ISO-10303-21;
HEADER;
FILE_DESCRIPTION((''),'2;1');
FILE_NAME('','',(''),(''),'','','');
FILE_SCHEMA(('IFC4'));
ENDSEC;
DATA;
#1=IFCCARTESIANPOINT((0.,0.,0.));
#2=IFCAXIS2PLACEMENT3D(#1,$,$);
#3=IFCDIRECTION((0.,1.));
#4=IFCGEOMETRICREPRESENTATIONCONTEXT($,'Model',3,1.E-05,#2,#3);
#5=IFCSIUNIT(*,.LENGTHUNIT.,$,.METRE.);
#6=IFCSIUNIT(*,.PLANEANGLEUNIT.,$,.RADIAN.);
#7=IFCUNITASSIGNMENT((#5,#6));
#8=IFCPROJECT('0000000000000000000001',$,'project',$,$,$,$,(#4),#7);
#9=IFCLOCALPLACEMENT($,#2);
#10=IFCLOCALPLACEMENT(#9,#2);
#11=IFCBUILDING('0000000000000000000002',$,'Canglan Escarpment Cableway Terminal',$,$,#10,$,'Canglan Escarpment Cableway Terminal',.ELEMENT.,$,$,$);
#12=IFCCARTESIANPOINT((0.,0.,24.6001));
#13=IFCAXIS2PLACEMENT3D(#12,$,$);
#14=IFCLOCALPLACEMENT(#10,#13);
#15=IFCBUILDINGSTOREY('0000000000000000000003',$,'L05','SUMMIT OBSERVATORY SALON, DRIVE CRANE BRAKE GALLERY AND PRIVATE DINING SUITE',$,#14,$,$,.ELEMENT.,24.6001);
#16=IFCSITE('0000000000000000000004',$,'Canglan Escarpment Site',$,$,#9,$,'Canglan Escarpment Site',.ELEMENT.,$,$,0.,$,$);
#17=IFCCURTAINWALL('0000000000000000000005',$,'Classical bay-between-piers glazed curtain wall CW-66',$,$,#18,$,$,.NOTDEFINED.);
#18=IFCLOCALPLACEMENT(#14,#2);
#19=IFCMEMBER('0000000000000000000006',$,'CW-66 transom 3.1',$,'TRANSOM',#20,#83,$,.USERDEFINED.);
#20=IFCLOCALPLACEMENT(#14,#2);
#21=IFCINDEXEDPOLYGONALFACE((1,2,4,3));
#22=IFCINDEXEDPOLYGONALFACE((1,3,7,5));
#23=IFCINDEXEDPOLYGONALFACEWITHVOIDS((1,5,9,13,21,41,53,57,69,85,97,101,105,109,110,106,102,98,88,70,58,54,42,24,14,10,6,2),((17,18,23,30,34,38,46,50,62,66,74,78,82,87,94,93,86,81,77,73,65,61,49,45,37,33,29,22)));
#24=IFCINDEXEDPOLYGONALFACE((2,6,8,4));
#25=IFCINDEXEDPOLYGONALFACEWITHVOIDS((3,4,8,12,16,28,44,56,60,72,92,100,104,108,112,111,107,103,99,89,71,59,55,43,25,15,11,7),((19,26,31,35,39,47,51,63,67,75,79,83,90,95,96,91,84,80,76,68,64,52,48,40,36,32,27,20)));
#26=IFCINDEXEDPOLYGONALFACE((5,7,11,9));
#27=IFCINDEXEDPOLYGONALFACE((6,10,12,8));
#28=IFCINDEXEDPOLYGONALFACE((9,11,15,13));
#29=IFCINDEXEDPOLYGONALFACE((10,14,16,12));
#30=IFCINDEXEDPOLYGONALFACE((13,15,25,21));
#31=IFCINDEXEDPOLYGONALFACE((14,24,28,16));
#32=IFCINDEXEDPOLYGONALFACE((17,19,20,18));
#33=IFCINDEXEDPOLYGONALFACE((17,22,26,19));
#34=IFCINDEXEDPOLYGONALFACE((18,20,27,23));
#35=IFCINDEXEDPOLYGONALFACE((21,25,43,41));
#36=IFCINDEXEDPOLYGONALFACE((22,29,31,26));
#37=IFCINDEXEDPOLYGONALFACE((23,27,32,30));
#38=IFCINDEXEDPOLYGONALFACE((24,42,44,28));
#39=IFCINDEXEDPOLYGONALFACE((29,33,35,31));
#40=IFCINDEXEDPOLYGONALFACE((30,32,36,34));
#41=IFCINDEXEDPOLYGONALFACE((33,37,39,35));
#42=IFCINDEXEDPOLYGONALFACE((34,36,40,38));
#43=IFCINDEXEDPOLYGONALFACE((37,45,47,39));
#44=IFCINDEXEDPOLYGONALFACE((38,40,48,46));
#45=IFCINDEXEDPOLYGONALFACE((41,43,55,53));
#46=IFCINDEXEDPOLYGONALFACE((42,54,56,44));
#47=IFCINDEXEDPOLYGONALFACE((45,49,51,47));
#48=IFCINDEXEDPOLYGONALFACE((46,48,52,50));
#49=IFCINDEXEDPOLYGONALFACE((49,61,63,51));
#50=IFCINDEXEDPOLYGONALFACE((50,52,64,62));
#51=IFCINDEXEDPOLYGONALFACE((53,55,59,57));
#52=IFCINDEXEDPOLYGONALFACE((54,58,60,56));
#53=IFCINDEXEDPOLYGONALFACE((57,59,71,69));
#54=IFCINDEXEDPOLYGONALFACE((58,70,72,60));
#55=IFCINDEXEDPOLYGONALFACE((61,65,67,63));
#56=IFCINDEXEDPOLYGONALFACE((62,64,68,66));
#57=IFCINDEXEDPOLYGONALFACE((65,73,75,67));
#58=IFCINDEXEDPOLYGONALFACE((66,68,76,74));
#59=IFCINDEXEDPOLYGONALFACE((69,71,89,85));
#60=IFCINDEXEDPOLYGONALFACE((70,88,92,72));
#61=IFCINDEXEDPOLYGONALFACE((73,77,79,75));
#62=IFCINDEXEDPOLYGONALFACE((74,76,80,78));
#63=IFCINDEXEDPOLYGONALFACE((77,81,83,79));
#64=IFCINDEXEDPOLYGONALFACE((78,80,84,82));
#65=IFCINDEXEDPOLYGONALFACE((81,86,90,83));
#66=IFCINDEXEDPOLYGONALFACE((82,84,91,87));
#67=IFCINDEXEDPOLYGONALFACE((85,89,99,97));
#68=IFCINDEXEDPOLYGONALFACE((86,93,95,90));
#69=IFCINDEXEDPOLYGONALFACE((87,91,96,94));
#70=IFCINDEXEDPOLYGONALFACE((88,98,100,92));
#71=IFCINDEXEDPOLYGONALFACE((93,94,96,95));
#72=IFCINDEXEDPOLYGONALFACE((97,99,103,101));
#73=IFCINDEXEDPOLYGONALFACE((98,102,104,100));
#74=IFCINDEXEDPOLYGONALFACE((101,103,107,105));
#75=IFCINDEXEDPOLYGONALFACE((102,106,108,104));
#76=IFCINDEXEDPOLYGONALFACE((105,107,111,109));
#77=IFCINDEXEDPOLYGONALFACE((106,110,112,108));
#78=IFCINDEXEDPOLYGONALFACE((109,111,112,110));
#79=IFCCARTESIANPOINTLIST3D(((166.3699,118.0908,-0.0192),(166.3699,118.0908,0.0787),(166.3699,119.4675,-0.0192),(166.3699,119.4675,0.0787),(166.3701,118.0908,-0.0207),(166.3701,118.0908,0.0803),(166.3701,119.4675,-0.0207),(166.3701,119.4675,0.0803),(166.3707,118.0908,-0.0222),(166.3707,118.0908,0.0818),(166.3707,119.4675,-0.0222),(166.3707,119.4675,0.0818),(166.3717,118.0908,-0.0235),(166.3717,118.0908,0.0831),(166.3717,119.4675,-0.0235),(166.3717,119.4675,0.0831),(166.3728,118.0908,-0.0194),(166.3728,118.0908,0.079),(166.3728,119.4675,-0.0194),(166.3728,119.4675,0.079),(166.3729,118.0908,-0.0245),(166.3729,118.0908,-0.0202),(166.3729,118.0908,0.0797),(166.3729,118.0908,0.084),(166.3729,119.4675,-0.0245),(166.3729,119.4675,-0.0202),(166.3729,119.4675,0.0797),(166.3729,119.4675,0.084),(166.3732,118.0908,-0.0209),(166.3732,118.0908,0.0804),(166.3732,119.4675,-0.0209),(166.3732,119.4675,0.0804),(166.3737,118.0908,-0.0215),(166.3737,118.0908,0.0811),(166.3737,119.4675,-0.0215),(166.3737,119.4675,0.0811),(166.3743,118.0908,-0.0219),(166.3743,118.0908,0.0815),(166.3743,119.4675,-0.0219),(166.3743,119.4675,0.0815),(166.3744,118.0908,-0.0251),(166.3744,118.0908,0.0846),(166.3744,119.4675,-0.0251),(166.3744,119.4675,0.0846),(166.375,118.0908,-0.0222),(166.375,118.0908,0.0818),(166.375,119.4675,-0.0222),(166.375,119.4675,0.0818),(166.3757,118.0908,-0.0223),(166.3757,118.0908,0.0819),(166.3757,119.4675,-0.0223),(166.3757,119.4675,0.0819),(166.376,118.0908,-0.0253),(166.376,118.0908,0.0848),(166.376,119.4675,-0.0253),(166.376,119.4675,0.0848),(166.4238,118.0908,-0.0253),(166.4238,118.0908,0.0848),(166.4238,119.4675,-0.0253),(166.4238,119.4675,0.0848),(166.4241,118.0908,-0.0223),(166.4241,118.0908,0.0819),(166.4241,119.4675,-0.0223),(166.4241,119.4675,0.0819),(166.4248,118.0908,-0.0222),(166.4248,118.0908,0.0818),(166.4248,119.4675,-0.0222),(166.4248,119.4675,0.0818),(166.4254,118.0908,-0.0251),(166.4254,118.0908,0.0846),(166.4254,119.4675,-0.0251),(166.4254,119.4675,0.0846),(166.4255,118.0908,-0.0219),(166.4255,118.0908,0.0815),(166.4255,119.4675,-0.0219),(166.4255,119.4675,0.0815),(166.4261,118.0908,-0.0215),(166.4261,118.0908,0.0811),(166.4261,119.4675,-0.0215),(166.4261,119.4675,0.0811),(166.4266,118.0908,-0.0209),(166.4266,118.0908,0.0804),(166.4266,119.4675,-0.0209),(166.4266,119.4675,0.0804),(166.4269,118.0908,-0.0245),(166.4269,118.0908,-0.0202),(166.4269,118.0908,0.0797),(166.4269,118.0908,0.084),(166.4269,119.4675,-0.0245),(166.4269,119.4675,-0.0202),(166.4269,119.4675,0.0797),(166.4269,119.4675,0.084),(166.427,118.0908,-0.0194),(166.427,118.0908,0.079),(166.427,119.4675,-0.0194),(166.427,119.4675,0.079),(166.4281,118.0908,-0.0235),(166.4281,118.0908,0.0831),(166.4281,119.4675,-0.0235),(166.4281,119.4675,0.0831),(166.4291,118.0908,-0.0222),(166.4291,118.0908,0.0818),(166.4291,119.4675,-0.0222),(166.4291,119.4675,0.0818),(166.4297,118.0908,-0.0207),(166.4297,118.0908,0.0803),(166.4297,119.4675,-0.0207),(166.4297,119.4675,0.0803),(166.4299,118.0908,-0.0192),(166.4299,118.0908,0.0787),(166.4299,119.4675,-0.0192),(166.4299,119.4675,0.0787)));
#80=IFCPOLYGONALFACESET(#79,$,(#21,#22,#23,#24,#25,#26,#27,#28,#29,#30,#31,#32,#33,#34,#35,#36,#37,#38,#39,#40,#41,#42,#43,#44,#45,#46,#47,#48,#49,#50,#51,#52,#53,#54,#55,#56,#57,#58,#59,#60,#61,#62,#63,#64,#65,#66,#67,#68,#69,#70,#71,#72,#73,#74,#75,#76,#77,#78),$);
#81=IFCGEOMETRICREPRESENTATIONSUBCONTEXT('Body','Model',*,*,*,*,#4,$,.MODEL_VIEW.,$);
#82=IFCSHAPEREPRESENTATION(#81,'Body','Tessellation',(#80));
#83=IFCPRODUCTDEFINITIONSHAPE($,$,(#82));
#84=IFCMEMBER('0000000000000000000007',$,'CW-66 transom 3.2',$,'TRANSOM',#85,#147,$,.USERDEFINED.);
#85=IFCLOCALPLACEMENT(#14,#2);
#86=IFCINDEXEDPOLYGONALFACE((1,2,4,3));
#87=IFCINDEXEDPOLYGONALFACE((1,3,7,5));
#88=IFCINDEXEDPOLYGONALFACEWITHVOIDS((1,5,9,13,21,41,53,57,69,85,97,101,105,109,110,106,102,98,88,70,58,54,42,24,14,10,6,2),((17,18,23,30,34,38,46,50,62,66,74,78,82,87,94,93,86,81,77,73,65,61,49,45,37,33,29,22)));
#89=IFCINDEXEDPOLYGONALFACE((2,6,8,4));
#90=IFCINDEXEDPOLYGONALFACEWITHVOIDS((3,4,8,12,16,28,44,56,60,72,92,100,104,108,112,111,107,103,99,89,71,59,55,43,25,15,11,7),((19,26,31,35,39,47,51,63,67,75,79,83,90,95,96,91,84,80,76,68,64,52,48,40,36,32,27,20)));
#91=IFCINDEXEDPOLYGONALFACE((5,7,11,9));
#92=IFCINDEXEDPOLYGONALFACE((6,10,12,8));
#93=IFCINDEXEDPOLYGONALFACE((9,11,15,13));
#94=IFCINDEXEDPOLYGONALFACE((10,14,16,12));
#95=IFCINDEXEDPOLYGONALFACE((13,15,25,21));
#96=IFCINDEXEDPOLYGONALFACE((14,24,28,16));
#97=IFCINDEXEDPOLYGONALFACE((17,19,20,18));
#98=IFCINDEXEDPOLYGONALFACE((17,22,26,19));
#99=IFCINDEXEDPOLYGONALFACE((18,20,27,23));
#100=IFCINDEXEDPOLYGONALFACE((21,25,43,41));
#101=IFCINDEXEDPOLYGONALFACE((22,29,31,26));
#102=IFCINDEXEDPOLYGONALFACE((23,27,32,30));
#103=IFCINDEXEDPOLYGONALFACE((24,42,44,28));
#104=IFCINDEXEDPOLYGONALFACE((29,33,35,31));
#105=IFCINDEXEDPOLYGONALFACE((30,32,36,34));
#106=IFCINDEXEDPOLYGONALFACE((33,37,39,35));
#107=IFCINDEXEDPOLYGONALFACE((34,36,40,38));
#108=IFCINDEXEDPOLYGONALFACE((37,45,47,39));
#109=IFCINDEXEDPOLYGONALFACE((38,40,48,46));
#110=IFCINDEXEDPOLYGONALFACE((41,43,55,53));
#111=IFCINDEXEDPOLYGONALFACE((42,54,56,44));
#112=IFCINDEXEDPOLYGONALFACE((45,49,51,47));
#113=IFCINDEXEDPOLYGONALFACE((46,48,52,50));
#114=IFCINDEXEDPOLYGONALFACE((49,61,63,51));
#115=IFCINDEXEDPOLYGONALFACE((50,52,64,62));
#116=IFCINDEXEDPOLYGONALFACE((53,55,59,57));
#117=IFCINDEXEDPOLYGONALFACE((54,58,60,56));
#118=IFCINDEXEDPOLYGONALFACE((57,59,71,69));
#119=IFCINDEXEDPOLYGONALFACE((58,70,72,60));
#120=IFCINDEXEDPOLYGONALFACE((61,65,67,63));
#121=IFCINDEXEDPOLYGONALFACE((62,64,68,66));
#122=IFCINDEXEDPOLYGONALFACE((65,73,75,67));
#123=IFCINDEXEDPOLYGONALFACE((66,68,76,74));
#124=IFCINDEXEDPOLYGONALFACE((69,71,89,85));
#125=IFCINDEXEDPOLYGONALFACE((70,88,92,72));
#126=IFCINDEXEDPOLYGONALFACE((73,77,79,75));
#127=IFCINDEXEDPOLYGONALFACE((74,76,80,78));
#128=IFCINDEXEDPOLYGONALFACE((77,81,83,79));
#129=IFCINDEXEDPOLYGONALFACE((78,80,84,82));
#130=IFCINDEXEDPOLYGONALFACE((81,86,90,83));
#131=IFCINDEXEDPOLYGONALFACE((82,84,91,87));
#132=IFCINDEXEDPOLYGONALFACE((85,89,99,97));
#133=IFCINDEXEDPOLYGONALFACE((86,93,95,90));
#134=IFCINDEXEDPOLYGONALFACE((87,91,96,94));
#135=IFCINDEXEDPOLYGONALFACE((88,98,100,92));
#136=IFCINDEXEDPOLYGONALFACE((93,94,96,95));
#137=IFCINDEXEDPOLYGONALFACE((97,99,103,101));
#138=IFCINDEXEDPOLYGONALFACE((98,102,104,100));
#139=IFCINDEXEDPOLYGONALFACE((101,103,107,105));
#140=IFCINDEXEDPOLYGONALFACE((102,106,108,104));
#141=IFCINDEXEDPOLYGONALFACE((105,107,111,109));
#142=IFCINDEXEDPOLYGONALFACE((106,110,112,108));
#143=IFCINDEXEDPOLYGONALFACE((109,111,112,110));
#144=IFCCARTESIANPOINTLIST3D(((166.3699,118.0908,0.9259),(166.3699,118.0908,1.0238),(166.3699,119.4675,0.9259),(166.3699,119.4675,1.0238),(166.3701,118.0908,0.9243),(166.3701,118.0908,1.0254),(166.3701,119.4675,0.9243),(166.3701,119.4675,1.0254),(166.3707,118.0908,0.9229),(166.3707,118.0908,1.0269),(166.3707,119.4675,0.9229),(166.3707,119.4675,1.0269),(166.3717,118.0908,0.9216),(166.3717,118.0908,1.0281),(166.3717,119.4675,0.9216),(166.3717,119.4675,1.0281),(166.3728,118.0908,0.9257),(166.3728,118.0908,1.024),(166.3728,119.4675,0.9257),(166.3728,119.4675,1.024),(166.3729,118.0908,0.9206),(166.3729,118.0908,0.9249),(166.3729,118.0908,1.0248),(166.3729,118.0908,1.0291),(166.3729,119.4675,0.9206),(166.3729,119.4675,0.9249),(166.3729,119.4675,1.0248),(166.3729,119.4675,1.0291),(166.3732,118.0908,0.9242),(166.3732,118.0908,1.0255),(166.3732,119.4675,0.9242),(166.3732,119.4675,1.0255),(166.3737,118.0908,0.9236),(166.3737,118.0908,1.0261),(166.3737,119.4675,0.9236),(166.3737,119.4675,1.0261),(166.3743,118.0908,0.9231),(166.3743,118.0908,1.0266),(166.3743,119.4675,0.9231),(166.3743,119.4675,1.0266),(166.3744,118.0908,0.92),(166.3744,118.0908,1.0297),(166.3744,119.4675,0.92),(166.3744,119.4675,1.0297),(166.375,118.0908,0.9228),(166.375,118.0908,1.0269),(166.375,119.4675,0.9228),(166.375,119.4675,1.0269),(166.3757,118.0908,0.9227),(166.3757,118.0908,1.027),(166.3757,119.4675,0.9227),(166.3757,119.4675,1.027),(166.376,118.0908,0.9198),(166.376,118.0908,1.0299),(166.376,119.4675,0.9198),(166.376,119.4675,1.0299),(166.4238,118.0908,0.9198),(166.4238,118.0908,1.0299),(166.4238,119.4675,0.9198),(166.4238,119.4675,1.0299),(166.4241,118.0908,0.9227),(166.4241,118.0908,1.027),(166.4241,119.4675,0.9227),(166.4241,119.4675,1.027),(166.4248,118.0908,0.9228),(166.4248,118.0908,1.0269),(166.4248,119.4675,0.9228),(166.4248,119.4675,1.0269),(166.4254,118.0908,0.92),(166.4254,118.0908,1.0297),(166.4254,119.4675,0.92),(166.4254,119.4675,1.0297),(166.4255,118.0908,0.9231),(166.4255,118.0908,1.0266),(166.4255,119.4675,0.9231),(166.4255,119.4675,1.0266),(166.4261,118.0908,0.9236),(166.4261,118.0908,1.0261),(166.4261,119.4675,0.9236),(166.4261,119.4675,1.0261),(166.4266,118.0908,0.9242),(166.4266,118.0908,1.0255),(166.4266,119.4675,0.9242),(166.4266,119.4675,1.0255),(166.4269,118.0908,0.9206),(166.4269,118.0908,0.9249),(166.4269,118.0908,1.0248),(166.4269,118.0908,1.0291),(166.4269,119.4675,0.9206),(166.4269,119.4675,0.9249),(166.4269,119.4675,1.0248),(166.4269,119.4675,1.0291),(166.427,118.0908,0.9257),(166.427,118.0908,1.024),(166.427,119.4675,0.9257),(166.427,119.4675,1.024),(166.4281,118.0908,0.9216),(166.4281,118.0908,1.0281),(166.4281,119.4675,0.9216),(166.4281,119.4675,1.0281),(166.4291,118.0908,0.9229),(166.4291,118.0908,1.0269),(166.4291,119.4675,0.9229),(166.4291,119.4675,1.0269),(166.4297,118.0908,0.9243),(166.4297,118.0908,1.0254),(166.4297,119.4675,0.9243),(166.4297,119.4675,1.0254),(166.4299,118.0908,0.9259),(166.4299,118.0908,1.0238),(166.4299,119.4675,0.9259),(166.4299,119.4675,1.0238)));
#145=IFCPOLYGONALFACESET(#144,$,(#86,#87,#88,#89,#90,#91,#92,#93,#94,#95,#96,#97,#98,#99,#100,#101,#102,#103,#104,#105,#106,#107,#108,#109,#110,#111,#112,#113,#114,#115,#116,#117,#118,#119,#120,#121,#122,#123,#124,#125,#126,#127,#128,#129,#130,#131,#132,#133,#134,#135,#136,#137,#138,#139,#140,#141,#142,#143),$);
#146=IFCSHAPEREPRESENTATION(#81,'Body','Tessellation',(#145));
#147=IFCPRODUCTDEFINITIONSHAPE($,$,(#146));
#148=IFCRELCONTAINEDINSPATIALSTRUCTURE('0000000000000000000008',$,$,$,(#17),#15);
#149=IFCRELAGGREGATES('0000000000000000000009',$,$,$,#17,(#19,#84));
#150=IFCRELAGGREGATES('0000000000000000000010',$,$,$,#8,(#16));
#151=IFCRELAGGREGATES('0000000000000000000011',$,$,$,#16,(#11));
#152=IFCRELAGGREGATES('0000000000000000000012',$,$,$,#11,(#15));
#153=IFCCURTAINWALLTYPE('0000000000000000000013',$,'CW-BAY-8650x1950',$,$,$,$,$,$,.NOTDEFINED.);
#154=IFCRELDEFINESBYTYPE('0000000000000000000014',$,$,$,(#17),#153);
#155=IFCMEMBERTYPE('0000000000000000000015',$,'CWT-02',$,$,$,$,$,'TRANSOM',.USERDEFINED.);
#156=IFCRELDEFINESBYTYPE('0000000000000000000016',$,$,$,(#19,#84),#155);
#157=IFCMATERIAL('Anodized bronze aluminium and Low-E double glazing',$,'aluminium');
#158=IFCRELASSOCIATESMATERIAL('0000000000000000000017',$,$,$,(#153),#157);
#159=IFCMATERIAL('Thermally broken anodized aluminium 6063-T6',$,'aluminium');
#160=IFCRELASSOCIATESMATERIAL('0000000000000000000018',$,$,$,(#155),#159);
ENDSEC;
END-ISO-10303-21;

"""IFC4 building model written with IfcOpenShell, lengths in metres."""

from ifc_helpers import new_model, si_unit, direction, frame, origin, origin_2d, place, context, subcontext, project, spatial, hollow_rectangle, extrude, material, material_profile, profile_set, type_object, element, aggregate, save


model = new_model("IFC4")

# Units and contexts
model_context = context("Model", 3, precision=1e-05, world=origin(), true_north=direction((0.0, 1.0)))
body_context = subcontext(model_context, "Body", "Model", "MODEL_VIEW")
ifc_project = project(units=[si_unit("LENGTHUNIT", "METRE"), si_unit("PLANEANGLEUNIT", "RADIAN")], contexts=[model_context])

# Site, building, storey
site_placement = place(None, origin())
site = spatial("IfcSite", under=ifc_project, at=site_placement, Name="Canglan Escarpment Site", LongName="Canglan Escarpment Site", CompositionType="ELEMENT", RefElevation=0.0)
building_placement = place(site_placement, origin())
building = spatial("IfcBuilding", under=site, at=building_placement, Name="Canglan Escarpment Cableway Terminal", LongName="Canglan Escarpment Cableway Terminal", CompositionType="ELEMENT")
storey_placement = place(building_placement, frame((0.0, 0.0, 24.6001)))
storey = spatial("IfcBuildingStorey", under=building, at=storey_placement, Name="L05", Description="SUMMIT OBSERVATORY SALON, DRIVE CRANE BRAKE GALLERY AND PRIVATE DINING SUITE", CompositionType="ELEMENT", Elevation=24.6001)

# Curtain wall, members
ifc_material_1 = material(Name="Anodized bronze aluminium and Low-E double glazing", Category="aluminium")
curtain_wall_type = type_object("IfcCurtainWallType", Name="CW-BAY-8650x1950", PredefinedType="NOTDEFINED", material=ifc_material_1)
curtain_wall_placement = place(storey_placement, origin())
curtain_wall = element("IfcCurtainWall", 1, at=curtain_wall_placement, inside=storey, type_object=curtain_wall_type, Name="Classical bay-between-piers glazed curtain wall CW-66", PredefinedType="NOTDEFINED")
ifc_material_2 = material(Name="Thermally broken anodized aluminium 6063-T6", Category="aluminium")
ifc_material_profile_1 = material_profile(ifc_material_2, hollow_rectangle(XDim=0.0601, YDim=0.1101, WallThickness=0.0029, InnerFilletRadius=0.0029, OuterFilletRadius=0.0061, at=origin_2d()), Name="ALU-TRAN 60x110x3")
ifc_profile_set_1 = profile_set([ifc_material_profile_1], Name="Thermally broken anodized aluminium 6063-T6")
member_type_1 = type_object("IfcMemberType", Name="CWT-02", ElementType="TRANSOM", PredefinedType="USERDEFINED", material=ifc_profile_set_1)
member_1_placement = place(storey_placement, frame((166.3999, 118.0908, 0.0298), z_axis=(0.0, 1.0, 0.0), x_axis=(-1.0, 0.0, 0.0)))
member_1 = element("IfcMember", 2, at=member_1_placement, type_object=member_type_1, Name="CW-66 transom 3.1", ObjectType="TRANSOM", PredefinedType="USERDEFINED", context=body_context, shape_type="SweptSolid", body=[
    extrude(hollow_rectangle(XDim=0.0601, YDim=0.1101, WallThickness=0.0029, InnerFilletRadius=0.0029, OuterFilletRadius=0.0061, at=origin_2d()), origin(), (0.0, 0.0, 1.0), 1.3767),
])
member_2_placement = place(storey_placement, frame((166.3999, 118.0908, 0.9749), z_axis=(0.0, 1.0, 0.0), x_axis=(-1.0, 0.0, 0.0)))
member_2 = element("IfcMember", 3, at=member_2_placement, type_object=member_type_1, Name="CW-66 transom 3.2", ObjectType="TRANSOM", PredefinedType="USERDEFINED", context=body_context, shape_type="SweptSolid", body=[
    extrude(hollow_rectangle(XDim=0.0601, YDim=0.1101, WallThickness=0.0029, InnerFilletRadius=0.0029, OuterFilletRadius=0.0061, at=origin_2d()), origin(), (0.0, 0.0, 1.0), 1.3767),
])

aggregate(curtain_wall, [member_1, member_2])

save(model, "model.ifc")
